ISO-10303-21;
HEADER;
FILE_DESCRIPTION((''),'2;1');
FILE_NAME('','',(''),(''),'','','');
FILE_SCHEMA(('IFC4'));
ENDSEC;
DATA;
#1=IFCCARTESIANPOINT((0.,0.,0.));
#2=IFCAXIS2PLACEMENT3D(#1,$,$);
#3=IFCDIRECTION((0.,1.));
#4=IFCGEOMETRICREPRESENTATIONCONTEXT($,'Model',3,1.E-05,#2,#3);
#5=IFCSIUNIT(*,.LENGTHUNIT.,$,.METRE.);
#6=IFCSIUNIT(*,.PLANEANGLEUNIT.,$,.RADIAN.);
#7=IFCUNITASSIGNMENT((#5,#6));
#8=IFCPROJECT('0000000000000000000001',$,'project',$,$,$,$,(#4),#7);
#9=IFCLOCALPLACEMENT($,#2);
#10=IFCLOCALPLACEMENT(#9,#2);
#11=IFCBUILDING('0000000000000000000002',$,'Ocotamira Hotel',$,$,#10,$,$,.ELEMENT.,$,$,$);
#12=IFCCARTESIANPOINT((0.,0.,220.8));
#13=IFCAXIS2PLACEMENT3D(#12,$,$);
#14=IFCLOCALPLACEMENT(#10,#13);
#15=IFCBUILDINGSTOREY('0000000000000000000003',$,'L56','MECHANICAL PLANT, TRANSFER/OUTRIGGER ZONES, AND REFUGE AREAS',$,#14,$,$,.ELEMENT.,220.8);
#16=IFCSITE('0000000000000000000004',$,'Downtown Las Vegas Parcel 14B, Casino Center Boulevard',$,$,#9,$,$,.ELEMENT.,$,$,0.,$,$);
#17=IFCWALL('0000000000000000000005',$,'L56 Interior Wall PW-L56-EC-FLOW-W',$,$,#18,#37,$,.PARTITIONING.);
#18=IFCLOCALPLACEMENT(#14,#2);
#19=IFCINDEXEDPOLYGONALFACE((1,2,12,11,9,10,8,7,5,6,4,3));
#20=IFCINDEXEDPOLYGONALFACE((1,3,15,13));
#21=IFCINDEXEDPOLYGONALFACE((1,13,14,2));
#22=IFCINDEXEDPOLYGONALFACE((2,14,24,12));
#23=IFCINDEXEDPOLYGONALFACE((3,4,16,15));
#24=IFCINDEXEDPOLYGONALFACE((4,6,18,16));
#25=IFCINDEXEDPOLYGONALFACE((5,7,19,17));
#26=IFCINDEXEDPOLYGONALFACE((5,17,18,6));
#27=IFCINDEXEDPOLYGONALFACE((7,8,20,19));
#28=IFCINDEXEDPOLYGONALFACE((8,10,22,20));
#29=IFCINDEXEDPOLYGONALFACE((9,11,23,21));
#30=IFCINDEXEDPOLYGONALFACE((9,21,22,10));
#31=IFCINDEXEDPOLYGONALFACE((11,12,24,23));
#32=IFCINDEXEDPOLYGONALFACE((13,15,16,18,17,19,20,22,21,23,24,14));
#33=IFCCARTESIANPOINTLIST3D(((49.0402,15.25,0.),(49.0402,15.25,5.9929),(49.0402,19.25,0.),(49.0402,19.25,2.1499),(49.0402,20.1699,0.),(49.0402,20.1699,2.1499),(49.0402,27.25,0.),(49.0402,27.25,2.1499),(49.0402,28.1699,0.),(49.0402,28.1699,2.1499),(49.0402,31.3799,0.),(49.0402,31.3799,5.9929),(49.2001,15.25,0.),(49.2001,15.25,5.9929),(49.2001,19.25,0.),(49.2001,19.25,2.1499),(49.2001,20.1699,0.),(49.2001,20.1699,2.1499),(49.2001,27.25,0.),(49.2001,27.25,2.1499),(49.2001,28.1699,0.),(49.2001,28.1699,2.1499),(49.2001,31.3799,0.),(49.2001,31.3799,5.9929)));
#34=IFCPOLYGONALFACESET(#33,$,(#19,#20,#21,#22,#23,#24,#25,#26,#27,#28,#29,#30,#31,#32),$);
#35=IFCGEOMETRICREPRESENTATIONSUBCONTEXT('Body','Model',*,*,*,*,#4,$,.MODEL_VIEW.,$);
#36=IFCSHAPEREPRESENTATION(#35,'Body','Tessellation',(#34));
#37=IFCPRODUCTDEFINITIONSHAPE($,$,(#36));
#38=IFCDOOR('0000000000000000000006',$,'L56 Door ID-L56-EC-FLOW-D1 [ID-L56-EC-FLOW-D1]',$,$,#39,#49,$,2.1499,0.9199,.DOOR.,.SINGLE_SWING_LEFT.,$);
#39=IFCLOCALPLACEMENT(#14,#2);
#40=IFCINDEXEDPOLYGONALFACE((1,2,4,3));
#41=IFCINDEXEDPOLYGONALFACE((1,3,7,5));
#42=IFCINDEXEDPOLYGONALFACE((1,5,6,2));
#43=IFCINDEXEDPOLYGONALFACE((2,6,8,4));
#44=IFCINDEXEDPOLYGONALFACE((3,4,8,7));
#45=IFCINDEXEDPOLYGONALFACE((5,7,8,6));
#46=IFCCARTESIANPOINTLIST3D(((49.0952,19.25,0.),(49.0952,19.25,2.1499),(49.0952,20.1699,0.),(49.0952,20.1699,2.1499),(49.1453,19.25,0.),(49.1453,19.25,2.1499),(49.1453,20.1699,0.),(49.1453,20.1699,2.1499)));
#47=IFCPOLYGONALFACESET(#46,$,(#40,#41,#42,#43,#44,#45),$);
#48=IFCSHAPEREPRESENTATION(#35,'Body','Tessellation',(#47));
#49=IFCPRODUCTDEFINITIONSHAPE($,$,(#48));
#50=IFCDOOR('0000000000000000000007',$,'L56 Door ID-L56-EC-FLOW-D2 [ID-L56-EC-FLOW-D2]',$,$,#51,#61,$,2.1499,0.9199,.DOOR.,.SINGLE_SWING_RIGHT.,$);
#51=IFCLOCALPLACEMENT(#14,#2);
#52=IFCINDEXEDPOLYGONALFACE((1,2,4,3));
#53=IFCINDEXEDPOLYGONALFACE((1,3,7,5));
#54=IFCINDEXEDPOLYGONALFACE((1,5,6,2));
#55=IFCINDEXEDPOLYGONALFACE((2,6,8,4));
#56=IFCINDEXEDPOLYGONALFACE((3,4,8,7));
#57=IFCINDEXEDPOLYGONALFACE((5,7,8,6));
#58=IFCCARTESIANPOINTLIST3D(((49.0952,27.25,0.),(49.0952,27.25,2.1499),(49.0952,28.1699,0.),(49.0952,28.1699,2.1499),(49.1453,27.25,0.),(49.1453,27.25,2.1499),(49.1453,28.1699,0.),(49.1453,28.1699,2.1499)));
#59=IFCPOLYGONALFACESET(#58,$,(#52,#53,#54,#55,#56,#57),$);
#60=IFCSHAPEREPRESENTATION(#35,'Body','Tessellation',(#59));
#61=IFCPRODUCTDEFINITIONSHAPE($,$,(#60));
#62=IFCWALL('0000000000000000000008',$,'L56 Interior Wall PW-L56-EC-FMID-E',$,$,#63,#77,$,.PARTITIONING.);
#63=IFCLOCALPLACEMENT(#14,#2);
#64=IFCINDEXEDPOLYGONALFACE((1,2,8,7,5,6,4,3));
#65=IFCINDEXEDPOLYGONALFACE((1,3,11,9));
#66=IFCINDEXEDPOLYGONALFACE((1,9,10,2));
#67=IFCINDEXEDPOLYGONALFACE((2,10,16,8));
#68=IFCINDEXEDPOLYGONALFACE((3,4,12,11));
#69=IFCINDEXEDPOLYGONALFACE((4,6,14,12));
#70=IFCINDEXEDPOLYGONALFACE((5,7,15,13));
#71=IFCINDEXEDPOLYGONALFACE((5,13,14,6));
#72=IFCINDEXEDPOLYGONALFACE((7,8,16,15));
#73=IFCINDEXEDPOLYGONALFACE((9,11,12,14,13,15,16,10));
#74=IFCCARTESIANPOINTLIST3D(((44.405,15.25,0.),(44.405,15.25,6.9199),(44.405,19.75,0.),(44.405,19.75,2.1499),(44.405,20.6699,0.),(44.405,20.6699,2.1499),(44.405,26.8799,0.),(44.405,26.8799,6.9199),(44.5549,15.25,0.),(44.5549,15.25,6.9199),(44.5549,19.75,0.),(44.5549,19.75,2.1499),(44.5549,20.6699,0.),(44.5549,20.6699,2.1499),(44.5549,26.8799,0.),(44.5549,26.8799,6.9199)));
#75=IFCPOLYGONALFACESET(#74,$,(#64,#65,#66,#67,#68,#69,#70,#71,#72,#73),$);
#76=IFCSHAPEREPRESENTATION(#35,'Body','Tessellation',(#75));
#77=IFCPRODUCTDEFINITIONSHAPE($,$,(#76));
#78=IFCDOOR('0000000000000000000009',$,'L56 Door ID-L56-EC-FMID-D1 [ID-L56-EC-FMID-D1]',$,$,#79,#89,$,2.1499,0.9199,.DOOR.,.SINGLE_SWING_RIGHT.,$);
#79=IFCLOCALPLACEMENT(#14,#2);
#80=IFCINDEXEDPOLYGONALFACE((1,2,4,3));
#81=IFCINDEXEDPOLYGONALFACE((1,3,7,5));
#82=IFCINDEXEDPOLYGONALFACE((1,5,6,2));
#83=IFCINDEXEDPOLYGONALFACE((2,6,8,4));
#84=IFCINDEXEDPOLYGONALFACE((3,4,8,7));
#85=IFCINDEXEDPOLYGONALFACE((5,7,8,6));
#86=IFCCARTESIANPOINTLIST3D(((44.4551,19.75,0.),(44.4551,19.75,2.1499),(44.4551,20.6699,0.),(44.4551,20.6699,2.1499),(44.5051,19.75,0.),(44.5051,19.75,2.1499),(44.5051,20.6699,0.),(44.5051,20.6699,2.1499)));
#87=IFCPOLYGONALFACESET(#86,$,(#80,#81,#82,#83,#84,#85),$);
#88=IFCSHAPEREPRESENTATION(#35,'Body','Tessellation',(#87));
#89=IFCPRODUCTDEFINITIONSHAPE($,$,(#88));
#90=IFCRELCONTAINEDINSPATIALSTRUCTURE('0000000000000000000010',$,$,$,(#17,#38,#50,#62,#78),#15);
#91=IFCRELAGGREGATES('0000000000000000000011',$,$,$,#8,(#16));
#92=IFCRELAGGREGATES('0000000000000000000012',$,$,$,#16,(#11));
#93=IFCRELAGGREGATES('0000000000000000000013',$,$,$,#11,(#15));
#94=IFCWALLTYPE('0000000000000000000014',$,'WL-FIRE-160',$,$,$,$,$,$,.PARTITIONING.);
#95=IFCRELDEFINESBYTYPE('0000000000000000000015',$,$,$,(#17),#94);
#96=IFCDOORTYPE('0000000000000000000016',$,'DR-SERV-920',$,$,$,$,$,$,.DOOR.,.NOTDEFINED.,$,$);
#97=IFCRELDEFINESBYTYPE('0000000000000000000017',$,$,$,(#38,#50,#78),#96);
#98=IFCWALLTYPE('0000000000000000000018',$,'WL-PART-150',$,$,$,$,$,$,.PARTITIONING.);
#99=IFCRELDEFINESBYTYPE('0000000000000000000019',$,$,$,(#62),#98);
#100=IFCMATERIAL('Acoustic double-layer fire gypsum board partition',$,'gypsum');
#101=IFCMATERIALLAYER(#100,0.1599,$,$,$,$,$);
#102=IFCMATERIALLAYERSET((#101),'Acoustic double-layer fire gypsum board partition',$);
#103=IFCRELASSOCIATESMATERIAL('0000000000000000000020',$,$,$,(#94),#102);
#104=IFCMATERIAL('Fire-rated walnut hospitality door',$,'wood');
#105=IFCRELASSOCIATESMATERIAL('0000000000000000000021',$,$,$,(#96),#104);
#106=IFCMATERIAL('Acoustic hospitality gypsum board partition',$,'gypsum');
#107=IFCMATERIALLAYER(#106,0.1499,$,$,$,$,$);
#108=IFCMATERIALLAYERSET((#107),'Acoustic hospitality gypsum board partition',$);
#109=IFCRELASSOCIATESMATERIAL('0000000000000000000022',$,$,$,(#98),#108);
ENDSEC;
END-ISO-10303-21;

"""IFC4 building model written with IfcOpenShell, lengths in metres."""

from ifc_helpers import new_model, si_unit, direction, frame, frame_2d, origin, place, context, subcontext, project, spatial, rectangle, extrude, source, transform, mapped, material, layer, layer_set, type_object, element, fill, save


model = new_model("IFC4")

# Units and contexts
model_context = context("Model", 3, precision=1e-05, world=origin(), true_north=direction((0.0, 1.0)))
body_context = subcontext(model_context, "Body", "Model", "MODEL_VIEW")
ifc_project = project(units=[si_unit("LENGTHUNIT", "METRE"), si_unit("PLANEANGLEUNIT", "RADIAN")], contexts=[model_context])

# Site, building, storey
site_placement = place(None, origin())
site = spatial("IfcSite", under=ifc_project, at=site_placement, Name="Downtown Las Vegas Parcel 14B, Casino Center Boulevard", CompositionType="ELEMENT", RefElevation=0.0)
building_placement = place(site_placement, origin())
building = spatial("IfcBuilding", under=site, at=building_placement, Name="Ocotamira Hotel", CompositionType="ELEMENT")
storey_placement = place(building_placement, frame((0.0, 0.0, 220.8)))
storey = spatial("IfcBuildingStorey", under=building, at=storey_placement, Name="L56", Description="MECHANICAL PLANT, TRANSFER/OUTRIGGER ZONES, AND REFUGE AREAS", CompositionType="ELEMENT", Elevation=220.8)

# Wall, openings, doors
ifc_material_1 = material(Name="Acoustic double-layer fire gypsum board partition", Category="gypsum")
ifc_layer_1 = layer(ifc_material_1, 0.1599)
ifc_layer_set_1 = layer_set([ifc_layer_1], Name="Acoustic double-layer fire gypsum board partition")
wall_type_1 = type_object("IfcWallType", Name="WL-FIRE-160", PredefinedType="PARTITIONING", material=ifc_layer_set_1)
wall_1_placement = place(storey_placement, frame((49.1201, 15.25, 0.0), z_axis=(0.0, 0.0, 1.0), x_axis=(0.0, 1.0, 0.0)))
wall_1 = element("IfcWall", 1, at=wall_1_placement, inside=storey, type_object=wall_type_1, Name="L56 Interior Wall PW-L56-EC-FLOW-W", PredefinedType="PARTITIONING", context=body_context, shape_type="SweptSolid", body=[
    extrude(rectangle(XDim=16.1299, YDim=0.1599, at=frame_2d((8.0649, 0.0))), origin(), (0.0, 0.0, 1.0), 5.9929),
])
opening_1_placement = place(wall_1_placement, frame((4.0, 0.0, 0.0)))
opening_1 = element("IfcOpeningElement", 2, at=opening_1_placement, cuts=wall_1, PredefinedType="OPENING", context=body_context, shape_type="SweptSolid", body=[
    extrude(rectangle(XDim=0.9199, YDim=2.1499, at=frame_2d((0.46, 1.075))), frame((0.0, 0.0898, 0.0), z_axis=(0.0, -1.0, 0.0), x_axis=(1.0, 0.0, 0.0)), (0.0, 0.0, 1.0), 0.1799),
])
opening_2_placement = place(wall_1_placement, frame((12.0, 0.0, 0.0)))
opening_2 = element("IfcOpeningElement", 3, at=opening_2_placement, cuts=wall_1, PredefinedType="OPENING", context=body_context, shape_type="SweptSolid", body=[
    extrude(rectangle(XDim=0.9199, YDim=2.1499, at=frame_2d((0.46, 1.075))), frame((0.0, 0.0898, 0.0), z_axis=(0.0, -1.0, 0.0), x_axis=(1.0, 0.0, 0.0)), (0.0, 0.0, 1.0), 0.1799),
])
ifc_material_2 = material(Name="Fire-rated walnut hospitality door", Category="wood")
door_type = type_object("IfcDoorType", Name="DR-SERV-920", OperationType="NOTDEFINED", PredefinedType="DOOR", material=ifc_material_2)
shared_shape_1 = source(origin(), body_context, "Body", "SweptSolid", [
    extrude(rectangle(XDim=0.9199, YDim=2.1499, at=frame_2d((0.46, 1.075))), frame((0.0, 0.0249, 0.0), z_axis=(0.0, -1.0, 0.0), x_axis=(1.0, 0.0, 0.0)), (0.0, 0.0, 1.0), 0.05),
])
door_1_placement = place(opening_1_placement, origin())
door_1 = element("IfcDoor", 4, at=door_1_placement, inside=storey, type_object=door_type, Name="L56 Door ID-L56-EC-FLOW-D1 [ID-L56-EC-FLOW-D1]", OperationType="SINGLE_SWING_LEFT", OverallHeight=2.1499, OverallWidth=0.9199, PredefinedType="DOOR", context=body_context, shape_type="MappedRepresentation", body=[
    mapped(shared_shape_1, transform((0.0, 0.0, 0.0), scale=1.0)),
])
fill(opening_1, door_1)
door_2_placement = place(opening_2_placement, origin())
door_2 = element("IfcDoor", 5, at=door_2_placement, inside=storey, type_object=door_type, Name="L56 Door ID-L56-EC-FLOW-D2 [ID-L56-EC-FLOW-D2]", OperationType="SINGLE_SWING_RIGHT", OverallHeight=2.1499, OverallWidth=0.9199, PredefinedType="DOOR", context=body_context, shape_type="MappedRepresentation", body=[
    mapped(shared_shape_1, transform((0.0, 0.0, 0.0), scale=1.0)),
])
fill(opening_2, door_2)

# Wall, opening, door
ifc_material_3 = material(Name="Acoustic hospitality gypsum board partition", Category="gypsum")
ifc_layer_2 = layer(ifc_material_3, 0.1499)
ifc_layer_set_2 = layer_set([ifc_layer_2], Name="Acoustic hospitality gypsum board partition")
wall_type_2 = type_object("IfcWallType", Name="WL-PART-150", PredefinedType="PARTITIONING", material=ifc_layer_set_2)
wall_2_placement = place(storey_placement, frame((44.48, 15.25, 0.0), z_axis=(0.0, 0.0, 1.0), x_axis=(0.0, 1.0, 0.0)))
wall_2 = element("IfcWall", 6, at=wall_2_placement, inside=storey, type_object=wall_type_2, Name="L56 Interior Wall PW-L56-EC-FMID-E", PredefinedType="PARTITIONING", context=body_context, shape_type="SweptSolid", body=[
    extrude(rectangle(XDim=11.6299, YDim=0.1499, at=frame_2d((5.8149, 0.0))), origin(), (0.0, 0.0, 1.0), 6.9199),
])
opening_3_placement = place(wall_2_placement, frame((4.5, 0.0, 0.0)))
opening_3 = element("IfcOpeningElement", 7, at=opening_3_placement, cuts=wall_2, PredefinedType="OPENING", context=body_context, shape_type="SweptSolid", body=[
    extrude(rectangle(XDim=0.9199, YDim=2.1499, at=frame_2d((0.46, 1.075))), frame((0.0, 0.085, 0.0), z_axis=(0.0, -1.0, 0.0), x_axis=(1.0, 0.0, 0.0)), (0.0, 0.0, 1.0), 0.1699),
])
door_3_placement = place(opening_3_placement, origin())
door_3 = element("IfcDoor", 8, at=door_3_placement, inside=storey, type_object=door_type, Name="L56 Door ID-L56-EC-FMID-D1 [ID-L56-EC-FMID-D1]", OperationType="SINGLE_SWING_RIGHT", OverallHeight=2.1499, OverallWidth=0.9199, PredefinedType="DOOR", context=body_context, shape_type="MappedRepresentation", body=[
    mapped(shared_shape_1, transform((0.0, 0.0, 0.0), scale=1.0)),
])
fill(opening_3, door_3)

save(model, "model.ifc")
